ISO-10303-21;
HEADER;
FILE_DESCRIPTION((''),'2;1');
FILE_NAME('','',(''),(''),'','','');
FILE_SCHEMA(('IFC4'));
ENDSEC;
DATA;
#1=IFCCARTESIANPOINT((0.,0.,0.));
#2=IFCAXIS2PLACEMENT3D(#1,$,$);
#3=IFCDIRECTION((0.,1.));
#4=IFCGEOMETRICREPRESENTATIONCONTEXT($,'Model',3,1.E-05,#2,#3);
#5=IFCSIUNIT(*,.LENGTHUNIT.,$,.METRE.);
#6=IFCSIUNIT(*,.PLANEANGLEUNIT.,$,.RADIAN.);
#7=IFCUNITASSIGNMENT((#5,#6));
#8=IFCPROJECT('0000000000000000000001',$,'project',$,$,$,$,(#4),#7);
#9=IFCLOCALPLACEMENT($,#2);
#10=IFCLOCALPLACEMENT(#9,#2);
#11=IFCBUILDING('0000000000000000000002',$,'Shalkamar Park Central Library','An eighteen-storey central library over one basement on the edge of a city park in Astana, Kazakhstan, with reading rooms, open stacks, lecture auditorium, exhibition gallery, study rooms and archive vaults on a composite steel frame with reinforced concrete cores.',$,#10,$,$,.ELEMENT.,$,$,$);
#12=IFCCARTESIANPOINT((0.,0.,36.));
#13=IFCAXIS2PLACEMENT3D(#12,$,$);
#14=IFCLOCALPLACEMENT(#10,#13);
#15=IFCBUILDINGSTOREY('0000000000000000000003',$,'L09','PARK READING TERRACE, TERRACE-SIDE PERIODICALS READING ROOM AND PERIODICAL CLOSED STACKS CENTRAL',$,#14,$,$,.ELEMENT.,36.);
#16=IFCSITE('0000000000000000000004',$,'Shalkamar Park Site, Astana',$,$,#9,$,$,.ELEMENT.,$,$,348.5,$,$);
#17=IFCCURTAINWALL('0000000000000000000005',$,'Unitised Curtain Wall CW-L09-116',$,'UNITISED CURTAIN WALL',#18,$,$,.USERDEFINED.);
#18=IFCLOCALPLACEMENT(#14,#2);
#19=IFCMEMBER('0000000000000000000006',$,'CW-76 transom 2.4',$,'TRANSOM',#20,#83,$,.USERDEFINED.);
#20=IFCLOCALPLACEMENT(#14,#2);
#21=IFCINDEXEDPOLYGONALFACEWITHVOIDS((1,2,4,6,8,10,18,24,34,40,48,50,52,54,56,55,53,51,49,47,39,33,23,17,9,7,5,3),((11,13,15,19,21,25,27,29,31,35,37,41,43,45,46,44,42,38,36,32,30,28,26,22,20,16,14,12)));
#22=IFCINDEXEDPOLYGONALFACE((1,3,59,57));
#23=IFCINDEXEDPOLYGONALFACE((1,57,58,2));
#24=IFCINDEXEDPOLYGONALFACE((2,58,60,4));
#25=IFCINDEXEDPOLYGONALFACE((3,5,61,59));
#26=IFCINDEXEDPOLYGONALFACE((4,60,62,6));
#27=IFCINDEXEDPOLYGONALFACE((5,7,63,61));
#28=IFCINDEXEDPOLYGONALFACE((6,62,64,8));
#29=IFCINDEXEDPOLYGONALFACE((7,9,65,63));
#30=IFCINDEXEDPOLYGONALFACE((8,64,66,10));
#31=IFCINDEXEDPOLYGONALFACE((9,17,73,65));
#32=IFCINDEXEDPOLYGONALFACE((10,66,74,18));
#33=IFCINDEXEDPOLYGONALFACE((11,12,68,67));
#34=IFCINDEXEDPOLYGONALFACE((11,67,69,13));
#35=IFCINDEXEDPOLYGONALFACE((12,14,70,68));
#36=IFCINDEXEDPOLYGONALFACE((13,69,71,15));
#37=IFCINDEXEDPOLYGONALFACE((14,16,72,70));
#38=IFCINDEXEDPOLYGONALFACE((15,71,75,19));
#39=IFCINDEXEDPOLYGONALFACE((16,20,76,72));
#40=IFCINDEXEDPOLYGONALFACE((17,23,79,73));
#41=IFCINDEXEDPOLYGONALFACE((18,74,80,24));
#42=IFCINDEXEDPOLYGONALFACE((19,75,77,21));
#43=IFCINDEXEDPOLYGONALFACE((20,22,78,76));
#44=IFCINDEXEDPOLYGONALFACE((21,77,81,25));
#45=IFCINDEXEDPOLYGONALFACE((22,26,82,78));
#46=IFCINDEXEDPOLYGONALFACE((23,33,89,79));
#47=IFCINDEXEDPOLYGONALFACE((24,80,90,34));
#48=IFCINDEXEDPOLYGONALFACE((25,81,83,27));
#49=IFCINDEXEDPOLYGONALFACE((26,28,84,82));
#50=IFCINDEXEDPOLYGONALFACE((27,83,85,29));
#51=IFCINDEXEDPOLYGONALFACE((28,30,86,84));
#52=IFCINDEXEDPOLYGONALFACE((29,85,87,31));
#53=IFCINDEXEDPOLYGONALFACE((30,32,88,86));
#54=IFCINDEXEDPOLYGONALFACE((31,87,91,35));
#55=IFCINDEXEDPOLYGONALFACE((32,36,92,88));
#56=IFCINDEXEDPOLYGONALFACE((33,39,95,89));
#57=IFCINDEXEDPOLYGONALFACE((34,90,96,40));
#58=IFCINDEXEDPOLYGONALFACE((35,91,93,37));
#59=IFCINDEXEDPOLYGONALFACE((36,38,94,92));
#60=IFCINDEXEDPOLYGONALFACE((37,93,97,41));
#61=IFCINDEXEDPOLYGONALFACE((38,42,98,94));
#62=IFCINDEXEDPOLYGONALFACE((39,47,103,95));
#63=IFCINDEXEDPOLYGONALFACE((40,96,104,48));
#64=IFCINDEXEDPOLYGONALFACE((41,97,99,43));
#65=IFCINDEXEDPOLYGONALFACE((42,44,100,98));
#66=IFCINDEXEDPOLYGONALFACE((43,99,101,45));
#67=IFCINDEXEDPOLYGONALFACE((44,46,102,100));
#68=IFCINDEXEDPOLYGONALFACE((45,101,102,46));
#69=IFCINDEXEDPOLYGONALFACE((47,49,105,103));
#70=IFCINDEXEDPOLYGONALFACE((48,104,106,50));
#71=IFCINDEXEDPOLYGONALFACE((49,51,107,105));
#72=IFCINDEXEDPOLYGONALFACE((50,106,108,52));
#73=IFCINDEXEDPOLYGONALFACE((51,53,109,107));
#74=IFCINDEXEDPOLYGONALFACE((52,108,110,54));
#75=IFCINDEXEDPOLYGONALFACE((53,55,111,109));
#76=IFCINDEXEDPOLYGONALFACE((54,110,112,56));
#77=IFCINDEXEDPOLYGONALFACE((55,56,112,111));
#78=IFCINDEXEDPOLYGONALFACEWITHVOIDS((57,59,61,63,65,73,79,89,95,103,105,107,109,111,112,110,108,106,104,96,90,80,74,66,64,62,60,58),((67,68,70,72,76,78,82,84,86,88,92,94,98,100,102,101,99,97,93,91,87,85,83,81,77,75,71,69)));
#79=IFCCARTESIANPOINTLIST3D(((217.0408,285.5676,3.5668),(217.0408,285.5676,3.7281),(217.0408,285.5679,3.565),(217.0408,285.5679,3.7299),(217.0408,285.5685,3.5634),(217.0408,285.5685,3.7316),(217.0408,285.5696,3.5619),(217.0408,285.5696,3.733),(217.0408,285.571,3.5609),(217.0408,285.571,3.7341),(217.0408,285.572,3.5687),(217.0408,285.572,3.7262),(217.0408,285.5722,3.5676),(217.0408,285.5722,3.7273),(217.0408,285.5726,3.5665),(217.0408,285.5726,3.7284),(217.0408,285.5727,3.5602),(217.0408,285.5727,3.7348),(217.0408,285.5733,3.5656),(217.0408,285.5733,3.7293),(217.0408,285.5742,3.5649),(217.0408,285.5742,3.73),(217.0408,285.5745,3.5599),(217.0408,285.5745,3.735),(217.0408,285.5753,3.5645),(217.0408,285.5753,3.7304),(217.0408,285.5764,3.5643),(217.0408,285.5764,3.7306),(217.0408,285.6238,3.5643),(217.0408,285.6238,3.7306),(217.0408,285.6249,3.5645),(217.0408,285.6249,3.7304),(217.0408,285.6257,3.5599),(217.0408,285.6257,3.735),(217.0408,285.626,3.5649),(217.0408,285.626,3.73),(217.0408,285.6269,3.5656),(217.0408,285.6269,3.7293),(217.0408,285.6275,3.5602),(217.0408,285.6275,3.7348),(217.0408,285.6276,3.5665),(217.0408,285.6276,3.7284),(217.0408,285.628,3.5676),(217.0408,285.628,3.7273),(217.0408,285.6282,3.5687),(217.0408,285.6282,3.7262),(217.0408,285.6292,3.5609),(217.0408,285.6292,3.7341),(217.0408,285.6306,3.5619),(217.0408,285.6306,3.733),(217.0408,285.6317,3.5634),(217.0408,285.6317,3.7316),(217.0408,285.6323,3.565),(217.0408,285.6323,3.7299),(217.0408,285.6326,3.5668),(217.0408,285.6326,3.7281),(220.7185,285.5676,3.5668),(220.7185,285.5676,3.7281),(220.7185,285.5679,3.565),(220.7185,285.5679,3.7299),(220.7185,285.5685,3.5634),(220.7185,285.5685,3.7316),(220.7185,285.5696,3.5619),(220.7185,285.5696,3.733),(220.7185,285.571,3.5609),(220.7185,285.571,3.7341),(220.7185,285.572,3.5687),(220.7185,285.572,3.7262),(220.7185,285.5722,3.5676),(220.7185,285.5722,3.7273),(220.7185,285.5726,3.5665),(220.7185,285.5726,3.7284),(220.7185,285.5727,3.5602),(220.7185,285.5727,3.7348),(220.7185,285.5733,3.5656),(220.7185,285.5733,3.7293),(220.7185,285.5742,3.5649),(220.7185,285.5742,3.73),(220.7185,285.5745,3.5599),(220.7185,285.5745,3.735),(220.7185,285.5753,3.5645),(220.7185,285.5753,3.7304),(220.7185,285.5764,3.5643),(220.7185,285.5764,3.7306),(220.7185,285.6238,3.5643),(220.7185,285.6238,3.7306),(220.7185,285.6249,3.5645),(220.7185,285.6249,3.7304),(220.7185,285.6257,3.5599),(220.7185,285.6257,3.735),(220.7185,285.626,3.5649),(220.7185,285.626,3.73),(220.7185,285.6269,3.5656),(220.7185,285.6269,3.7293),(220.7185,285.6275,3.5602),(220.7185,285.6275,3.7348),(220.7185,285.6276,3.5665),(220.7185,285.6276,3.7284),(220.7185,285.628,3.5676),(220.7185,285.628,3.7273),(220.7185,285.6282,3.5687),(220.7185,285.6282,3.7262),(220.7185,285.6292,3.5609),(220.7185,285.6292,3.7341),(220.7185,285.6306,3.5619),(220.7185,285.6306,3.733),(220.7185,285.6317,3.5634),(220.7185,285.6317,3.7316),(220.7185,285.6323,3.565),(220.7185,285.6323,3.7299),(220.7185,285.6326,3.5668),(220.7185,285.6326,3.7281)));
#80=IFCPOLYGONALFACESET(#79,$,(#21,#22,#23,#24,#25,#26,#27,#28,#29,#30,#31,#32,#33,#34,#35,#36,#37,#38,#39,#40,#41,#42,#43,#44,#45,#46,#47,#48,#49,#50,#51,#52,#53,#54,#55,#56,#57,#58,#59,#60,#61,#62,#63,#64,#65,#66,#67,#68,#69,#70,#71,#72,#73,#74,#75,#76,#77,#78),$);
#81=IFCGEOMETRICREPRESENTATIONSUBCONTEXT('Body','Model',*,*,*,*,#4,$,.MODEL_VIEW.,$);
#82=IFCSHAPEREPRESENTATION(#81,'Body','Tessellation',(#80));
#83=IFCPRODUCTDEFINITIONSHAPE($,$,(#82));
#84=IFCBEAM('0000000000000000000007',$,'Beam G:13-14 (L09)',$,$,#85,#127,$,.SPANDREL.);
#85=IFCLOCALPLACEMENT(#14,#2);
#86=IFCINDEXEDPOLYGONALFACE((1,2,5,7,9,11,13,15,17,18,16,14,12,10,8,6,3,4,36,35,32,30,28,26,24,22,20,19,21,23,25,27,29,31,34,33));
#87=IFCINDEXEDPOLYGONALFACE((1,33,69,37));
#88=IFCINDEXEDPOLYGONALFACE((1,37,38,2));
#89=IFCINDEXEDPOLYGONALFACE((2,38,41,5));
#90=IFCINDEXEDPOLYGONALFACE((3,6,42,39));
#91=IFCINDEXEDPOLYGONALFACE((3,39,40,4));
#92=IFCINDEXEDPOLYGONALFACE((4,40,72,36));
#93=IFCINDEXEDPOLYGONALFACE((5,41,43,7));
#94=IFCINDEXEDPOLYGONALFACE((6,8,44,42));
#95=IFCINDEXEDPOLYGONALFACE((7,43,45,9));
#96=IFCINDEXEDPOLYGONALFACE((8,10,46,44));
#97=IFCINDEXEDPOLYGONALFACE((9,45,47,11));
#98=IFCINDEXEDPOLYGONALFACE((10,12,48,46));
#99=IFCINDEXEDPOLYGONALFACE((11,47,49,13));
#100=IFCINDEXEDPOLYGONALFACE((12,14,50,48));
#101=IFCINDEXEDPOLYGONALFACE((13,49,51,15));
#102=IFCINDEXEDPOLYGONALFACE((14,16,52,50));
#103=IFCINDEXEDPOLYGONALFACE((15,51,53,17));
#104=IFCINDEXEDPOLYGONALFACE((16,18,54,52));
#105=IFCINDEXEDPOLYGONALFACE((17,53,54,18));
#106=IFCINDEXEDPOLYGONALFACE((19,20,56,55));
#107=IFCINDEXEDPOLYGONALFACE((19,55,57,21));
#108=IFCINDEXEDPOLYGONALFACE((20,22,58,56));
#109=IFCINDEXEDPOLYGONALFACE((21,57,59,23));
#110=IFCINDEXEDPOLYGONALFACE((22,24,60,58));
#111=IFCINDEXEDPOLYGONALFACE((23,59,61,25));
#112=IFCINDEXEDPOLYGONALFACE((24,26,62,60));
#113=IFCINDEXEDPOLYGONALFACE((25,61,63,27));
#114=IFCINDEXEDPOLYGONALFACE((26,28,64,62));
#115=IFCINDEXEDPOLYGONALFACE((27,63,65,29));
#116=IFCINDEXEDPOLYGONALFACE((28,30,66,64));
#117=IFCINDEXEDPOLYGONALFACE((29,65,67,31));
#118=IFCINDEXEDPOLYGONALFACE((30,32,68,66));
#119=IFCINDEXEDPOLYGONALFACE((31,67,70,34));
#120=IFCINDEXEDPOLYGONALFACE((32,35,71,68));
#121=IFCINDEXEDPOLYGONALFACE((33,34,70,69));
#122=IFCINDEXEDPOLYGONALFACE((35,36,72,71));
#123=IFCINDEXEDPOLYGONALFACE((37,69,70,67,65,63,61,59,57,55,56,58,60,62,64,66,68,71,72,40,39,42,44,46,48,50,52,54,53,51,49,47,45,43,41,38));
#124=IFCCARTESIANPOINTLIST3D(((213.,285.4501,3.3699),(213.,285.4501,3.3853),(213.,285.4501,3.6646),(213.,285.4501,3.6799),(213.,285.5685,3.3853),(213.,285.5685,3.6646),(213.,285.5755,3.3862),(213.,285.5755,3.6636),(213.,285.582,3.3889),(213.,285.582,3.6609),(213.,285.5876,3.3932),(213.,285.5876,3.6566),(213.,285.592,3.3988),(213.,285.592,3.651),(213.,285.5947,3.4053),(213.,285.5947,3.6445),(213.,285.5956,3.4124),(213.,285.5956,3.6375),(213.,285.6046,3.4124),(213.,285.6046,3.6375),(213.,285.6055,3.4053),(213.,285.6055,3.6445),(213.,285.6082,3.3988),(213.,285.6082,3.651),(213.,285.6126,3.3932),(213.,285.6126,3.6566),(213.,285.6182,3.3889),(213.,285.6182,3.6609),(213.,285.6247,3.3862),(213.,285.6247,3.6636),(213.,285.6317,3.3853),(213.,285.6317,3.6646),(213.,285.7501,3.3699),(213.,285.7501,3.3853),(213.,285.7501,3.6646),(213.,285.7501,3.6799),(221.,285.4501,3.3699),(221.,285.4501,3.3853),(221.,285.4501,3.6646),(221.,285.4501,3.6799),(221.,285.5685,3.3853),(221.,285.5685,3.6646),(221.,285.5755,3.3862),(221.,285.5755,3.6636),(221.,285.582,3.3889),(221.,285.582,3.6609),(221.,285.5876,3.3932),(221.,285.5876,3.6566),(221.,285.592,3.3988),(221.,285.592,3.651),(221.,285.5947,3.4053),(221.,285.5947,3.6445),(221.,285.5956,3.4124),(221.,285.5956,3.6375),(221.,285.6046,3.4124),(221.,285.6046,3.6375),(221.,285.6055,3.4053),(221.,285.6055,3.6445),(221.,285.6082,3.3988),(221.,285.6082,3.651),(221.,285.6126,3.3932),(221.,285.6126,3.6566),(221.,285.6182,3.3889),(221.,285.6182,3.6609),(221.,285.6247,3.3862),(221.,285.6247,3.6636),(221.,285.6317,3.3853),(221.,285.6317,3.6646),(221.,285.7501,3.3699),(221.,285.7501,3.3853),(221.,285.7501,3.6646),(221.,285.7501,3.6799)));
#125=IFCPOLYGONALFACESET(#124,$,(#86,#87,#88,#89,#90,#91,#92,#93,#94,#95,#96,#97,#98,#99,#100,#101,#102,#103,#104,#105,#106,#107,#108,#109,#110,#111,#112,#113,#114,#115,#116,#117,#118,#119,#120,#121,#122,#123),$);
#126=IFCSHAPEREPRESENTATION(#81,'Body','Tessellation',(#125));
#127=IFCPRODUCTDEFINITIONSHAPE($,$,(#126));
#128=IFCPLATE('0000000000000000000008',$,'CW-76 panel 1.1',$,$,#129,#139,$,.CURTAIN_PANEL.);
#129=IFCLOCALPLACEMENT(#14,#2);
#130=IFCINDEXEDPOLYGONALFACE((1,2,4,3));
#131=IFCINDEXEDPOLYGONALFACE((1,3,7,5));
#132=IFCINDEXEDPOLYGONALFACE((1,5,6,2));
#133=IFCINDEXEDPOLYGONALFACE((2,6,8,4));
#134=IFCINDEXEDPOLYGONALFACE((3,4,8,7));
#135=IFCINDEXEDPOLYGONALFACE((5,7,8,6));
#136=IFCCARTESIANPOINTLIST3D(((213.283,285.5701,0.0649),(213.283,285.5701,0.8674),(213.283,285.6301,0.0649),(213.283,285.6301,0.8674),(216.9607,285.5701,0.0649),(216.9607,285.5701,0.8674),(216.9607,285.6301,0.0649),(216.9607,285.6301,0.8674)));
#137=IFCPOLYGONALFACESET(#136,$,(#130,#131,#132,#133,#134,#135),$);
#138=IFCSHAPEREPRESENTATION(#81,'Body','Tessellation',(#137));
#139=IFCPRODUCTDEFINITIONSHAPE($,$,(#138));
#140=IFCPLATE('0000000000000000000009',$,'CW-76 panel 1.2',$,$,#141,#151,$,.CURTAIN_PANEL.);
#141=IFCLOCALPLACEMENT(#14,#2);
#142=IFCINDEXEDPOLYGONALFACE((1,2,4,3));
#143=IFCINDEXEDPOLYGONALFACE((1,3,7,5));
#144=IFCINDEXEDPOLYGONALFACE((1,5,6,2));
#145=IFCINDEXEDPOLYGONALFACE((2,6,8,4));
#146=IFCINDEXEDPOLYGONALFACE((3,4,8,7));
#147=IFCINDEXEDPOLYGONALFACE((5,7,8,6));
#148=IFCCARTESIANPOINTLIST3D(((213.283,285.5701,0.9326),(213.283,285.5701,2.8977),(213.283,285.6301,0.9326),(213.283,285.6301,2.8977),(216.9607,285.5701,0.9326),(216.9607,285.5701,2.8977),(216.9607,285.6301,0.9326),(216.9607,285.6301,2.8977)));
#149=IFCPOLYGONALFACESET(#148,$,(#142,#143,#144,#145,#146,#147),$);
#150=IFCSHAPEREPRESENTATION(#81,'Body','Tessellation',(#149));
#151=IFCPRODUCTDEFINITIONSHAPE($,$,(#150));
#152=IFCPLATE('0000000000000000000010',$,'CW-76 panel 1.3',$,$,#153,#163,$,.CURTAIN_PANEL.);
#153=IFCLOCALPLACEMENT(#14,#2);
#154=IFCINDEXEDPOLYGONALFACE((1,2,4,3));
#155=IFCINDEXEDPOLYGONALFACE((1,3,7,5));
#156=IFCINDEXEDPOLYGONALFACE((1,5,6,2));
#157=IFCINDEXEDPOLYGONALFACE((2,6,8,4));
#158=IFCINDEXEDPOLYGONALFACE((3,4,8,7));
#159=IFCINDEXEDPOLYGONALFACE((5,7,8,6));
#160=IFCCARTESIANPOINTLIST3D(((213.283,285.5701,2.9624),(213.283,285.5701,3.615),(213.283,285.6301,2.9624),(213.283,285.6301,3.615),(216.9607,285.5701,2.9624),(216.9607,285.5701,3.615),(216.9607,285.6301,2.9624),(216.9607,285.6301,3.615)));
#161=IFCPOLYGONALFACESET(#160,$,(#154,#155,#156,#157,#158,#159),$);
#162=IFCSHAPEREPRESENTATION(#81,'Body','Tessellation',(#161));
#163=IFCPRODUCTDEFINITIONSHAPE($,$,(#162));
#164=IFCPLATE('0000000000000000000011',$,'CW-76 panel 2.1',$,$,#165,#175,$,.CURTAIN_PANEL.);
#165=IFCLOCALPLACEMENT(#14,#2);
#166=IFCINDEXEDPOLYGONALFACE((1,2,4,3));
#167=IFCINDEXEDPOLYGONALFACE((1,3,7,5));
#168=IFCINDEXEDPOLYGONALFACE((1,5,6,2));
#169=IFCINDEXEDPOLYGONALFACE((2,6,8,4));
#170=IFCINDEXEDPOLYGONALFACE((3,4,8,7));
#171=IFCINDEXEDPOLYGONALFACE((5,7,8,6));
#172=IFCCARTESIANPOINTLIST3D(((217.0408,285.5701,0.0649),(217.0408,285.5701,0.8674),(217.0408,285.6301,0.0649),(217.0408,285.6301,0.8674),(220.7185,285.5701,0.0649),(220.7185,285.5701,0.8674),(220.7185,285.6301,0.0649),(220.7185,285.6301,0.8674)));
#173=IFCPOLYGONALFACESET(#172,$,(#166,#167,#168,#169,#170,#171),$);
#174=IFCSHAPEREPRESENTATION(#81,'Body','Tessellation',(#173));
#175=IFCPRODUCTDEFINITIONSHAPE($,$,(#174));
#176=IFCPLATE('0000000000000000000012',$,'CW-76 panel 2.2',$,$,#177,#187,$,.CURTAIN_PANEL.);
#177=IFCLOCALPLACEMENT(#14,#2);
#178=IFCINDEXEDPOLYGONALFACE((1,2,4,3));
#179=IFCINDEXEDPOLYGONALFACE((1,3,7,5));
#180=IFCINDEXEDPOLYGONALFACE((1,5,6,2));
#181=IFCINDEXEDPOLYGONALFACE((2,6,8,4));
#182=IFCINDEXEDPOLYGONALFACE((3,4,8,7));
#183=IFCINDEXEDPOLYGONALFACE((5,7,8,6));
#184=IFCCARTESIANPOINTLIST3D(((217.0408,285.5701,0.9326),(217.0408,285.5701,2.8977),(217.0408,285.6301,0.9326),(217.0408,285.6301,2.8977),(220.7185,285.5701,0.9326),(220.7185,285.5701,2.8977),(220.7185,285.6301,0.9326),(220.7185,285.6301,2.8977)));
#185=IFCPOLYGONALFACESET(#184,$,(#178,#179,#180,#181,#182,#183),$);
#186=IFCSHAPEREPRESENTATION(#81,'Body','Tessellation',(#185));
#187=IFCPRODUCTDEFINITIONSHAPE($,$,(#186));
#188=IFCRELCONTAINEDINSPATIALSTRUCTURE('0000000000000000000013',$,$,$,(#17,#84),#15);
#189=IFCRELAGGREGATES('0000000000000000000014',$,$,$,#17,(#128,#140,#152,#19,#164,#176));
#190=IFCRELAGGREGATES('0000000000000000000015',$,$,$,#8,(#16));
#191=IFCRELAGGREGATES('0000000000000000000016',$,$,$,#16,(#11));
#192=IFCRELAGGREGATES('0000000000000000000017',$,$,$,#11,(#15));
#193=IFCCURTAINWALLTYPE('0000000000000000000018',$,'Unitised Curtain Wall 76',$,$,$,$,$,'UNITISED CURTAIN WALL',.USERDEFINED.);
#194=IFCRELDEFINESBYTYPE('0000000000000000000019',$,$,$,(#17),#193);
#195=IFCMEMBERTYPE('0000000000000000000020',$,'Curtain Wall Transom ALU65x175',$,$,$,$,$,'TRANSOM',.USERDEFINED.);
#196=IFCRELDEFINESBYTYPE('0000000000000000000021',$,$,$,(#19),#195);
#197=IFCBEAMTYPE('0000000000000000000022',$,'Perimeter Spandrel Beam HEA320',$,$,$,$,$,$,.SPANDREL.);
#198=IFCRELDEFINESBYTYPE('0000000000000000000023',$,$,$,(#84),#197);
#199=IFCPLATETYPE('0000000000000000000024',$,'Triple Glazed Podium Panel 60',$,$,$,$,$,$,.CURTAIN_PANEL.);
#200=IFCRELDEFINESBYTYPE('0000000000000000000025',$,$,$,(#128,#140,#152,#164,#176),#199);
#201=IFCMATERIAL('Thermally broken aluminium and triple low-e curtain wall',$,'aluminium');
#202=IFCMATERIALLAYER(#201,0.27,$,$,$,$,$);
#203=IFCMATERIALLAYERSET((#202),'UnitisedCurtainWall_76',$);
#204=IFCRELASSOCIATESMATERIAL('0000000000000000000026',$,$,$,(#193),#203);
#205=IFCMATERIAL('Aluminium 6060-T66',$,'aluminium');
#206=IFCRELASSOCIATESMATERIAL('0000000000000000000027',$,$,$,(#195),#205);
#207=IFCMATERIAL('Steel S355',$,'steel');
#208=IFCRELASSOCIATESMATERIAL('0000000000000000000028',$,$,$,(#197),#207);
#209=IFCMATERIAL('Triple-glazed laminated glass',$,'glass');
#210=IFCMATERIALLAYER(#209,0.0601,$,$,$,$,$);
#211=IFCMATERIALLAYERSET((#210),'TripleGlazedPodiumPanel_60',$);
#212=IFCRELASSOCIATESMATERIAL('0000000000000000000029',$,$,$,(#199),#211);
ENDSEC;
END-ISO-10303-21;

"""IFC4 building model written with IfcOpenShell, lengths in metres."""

from ifc_helpers import new_model, si_unit, direction, frame, origin, origin_2d, place, context, subcontext, project, spatial, rectangle, hollow_rectangle, i_section, extrude, material, layer, layer_set, material_profile, profile_set, type_object, element, aggregate, save


model = new_model("IFC4")

# Units and contexts
model_context = context("Model", 3, precision=1e-05, world=origin(), true_north=direction((0.0, 1.0)))
body_context = subcontext(model_context, "Body", "Model", "MODEL_VIEW")
ifc_project = project(units=[si_unit("LENGTHUNIT", "METRE"), si_unit("PLANEANGLEUNIT", "RADIAN")], contexts=[model_context])

# Site, building, storey
site_placement = place(None, origin())
site = spatial("IfcSite", under=ifc_project, at=site_placement, Name="Shalkamar Park Site, Astana", CompositionType="ELEMENT", RefElevation=348.5)
building_placement = place(site_placement, origin())
building = spatial("IfcBuilding", under=site, at=building_placement, Name="Shalkamar Park Central Library", Description="An eighteen-storey central library over one basement on the edge of a city park in Astana, Kazakhstan, with reading rooms, open stacks, lecture auditorium, exhibition gallery, study rooms and archive vaults on a composite steel frame with reinforced concrete cores.", CompositionType="ELEMENT")
storey_placement = place(building_placement, frame((0.0, 0.0, 36.0)))
storey = spatial("IfcBuildingStorey", under=building, at=storey_placement, Name="L09", Description="PARK READING TERRACE, TERRACE-SIDE PERIODICALS READING ROOM AND PERIODICAL CLOSED STACKS CENTRAL", CompositionType="ELEMENT", Elevation=36.0)

# Shared definitions
ifc_material_1 = material(Name="Steel S355", Category="steel")

# Curtain wall
ifc_material_2 = material(Name="Thermally broken aluminium and triple low-e curtain wall", Category="aluminium")
ifc_layer_1 = layer(ifc_material_2, 0.27)
ifc_layer_set_1 = layer_set([ifc_layer_1], Name="UnitisedCurtainWall_76")
curtain_wall_type_1 = type_object("IfcCurtainWallType", Name="Unitised Curtain Wall 76", ElementType="UNITISED CURTAIN WALL", PredefinedType="USERDEFINED", material=ifc_layer_set_1)
curtain_wall_1_placement = place(storey_placement, origin())
curtain_wall_1 = element("IfcCurtainWall", 1, at=curtain_wall_1_placement, inside=storey, type_object=curtain_wall_type_1, Name="Unitised Curtain Wall CW-L09-116", ObjectType="UNITISED CURTAIN WALL", PredefinedType="USERDEFINED")
ifc_material_3 = material(Name="Aluminium 6060-T66", Category="aluminium")

# Member
ifc_material_profile_1 = material_profile(ifc_material_3, hollow_rectangle(XDim=0.0649, YDim=0.175, WallThickness=0.0044, InnerFilletRadius=0.0044, OuterFilletRadius=0.0068, at=origin_2d()), Name="ALU 65x175x4.5")
ifc_profile_set_1 = profile_set([ifc_material_profile_1], Name="Aluminium 6060-T66")
member_type_1 = type_object("IfcMemberType", Name="Curtain Wall Transom ALU65x175", ElementType="TRANSOM", PredefinedType="USERDEFINED", material=ifc_profile_set_1)
member_1_placement = place(storey_placement, frame((217.0408, 285.6001, 3.6475), z_axis=(1.0, 0.0, 0.0), x_axis=(0.0, 1.0, 0.0)))
member_1 = element("IfcMember", 2, at=member_1_placement, type_object=member_type_1, Name="CW-76 transom 2.4", ObjectType="TRANSOM", PredefinedType="USERDEFINED", context=body_context, shape_type="SweptSolid", body=[
    extrude(hollow_rectangle(XDim=0.0649, YDim=0.175, WallThickness=0.0044, InnerFilletRadius=0.0044, OuterFilletRadius=0.0068, at=origin_2d()), origin(), (0.0, 0.0, 1.0), 3.6777),
])

# Beam
ifc_material_profile_2 = material_profile(ifc_material_1, i_section(OverallWidth=0.3, OverallDepth=0.3101, WebThickness=0.009, FlangeThickness=0.0154, FilletRadius=0.0271, at=origin_2d()), Name="HEA 320")
ifc_profile_set_2 = profile_set([ifc_material_profile_2], Name="Steel S355")
beam_type = type_object("IfcBeamType", Name="Perimeter Spandrel Beam HEA320", PredefinedType="SPANDREL", material=ifc_profile_set_2)
beam_placement = place(storey_placement, frame((213.0, 285.6001, 3.5249), z_axis=(1.0, 0.0, 0.0), x_axis=(0.0, 1.0, 0.0)))
element("IfcBeam", 3, at=beam_placement, inside=storey, type_object=beam_type, Name="Beam G:13-14 (L09)", PredefinedType="SPANDREL", context=body_context, shape_type="SweptSolid", body=[
    extrude(i_section(OverallWidth=0.3, OverallDepth=0.3101, WebThickness=0.009, FlangeThickness=0.0154, FilletRadius=0.0271, at=origin_2d()), origin(), (0.0, 0.0, 1.0), 8.0),
])

# Plates
ifc_material_4 = material(Name="Triple-glazed laminated glass", Category="glass")
ifc_layer_2 = layer(ifc_material_4, 0.0601)
ifc_layer_set_2 = layer_set([ifc_layer_2], Name="TripleGlazedPodiumPanel_60")
plate_type_1 = type_object("IfcPlateType", Name="Triple Glazed Podium Panel 60", PredefinedType="CURTAIN_PANEL", material=ifc_layer_set_2)
plate_1_placement = place(storey_placement, frame((215.1218, 285.6001, 0.0649), z_axis=(0.0, 0.0, 1.0), x_axis=(1.0, 0.0, 0.0)))
plate_1 = element("IfcPlate", 4, at=plate_1_placement, type_object=plate_type_1, Name="CW-76 panel 1.1", PredefinedType="CURTAIN_PANEL", context=body_context, shape_type="SweptSolid", body=[
    extrude(rectangle(XDim=3.6777, YDim=0.0601, at=origin_2d()), origin(), (0.0, 0.0, 1.0), 0.8025),
])
plate_2_placement = place(storey_placement, frame((215.1218, 285.6001, 0.9326), z_axis=(0.0, 0.0, 1.0), x_axis=(1.0, 0.0, 0.0)))
plate_2 = element("IfcPlate", 5, at=plate_2_placement, type_object=plate_type_1, Name="CW-76 panel 1.2", PredefinedType="CURTAIN_PANEL", context=body_context, shape_type="SweptSolid", body=[
    extrude(rectangle(XDim=3.6777, YDim=0.0601, at=origin_2d()), origin(), (0.0, 0.0, 1.0), 1.9651),
])
plate_3_placement = place(storey_placement, frame((215.1218, 285.6001, 2.9624), z_axis=(0.0, 0.0, 1.0), x_axis=(1.0, 0.0, 0.0)))
plate_3 = element("IfcPlate", 6, at=plate_3_placement, type_object=plate_type_1, Name="CW-76 panel 1.3", PredefinedType="CURTAIN_PANEL", context=body_context, shape_type="SweptSolid", body=[
    extrude(rectangle(XDim=3.6777, YDim=0.0601, at=origin_2d()), origin(), (0.0, 0.0, 1.0), 0.6526),
])
plate_4_placement = place(storey_placement, frame((218.8796, 285.6001, 0.0649), z_axis=(0.0, 0.0, 1.0), x_axis=(1.0, 0.0, 0.0)))
plate_4 = element("IfcPlate", 7, at=plate_4_placement, type_object=plate_type_1, Name="CW-76 panel 2.1", PredefinedType="CURTAIN_PANEL", context=body_context, shape_type="SweptSolid", body=[
    extrude(rectangle(XDim=3.6777, YDim=0.0601, at=origin_2d()), origin(), (0.0, 0.0, 1.0), 0.8025),
])
plate_5_placement = place(storey_placement, frame((218.8796, 285.6001, 0.9326), z_axis=(0.0, 0.0, 1.0), x_axis=(1.0, 0.0, 0.0)))
plate_5 = element("IfcPlate", 8, at=plate_5_placement, type_object=plate_type_1, Name="CW-76 panel 2.2", PredefinedType="CURTAIN_PANEL", context=body_context, shape_type="SweptSolid", body=[
    extrude(rectangle(XDim=3.6777, YDim=0.0601, at=origin_2d()), origin(), (0.0, 0.0, 1.0), 1.9651),
])
aggregate(curtain_wall_1, [plate_1, plate_2, plate_3, member_1, plate_4, plate_5])

save(model, "model.ifc")
